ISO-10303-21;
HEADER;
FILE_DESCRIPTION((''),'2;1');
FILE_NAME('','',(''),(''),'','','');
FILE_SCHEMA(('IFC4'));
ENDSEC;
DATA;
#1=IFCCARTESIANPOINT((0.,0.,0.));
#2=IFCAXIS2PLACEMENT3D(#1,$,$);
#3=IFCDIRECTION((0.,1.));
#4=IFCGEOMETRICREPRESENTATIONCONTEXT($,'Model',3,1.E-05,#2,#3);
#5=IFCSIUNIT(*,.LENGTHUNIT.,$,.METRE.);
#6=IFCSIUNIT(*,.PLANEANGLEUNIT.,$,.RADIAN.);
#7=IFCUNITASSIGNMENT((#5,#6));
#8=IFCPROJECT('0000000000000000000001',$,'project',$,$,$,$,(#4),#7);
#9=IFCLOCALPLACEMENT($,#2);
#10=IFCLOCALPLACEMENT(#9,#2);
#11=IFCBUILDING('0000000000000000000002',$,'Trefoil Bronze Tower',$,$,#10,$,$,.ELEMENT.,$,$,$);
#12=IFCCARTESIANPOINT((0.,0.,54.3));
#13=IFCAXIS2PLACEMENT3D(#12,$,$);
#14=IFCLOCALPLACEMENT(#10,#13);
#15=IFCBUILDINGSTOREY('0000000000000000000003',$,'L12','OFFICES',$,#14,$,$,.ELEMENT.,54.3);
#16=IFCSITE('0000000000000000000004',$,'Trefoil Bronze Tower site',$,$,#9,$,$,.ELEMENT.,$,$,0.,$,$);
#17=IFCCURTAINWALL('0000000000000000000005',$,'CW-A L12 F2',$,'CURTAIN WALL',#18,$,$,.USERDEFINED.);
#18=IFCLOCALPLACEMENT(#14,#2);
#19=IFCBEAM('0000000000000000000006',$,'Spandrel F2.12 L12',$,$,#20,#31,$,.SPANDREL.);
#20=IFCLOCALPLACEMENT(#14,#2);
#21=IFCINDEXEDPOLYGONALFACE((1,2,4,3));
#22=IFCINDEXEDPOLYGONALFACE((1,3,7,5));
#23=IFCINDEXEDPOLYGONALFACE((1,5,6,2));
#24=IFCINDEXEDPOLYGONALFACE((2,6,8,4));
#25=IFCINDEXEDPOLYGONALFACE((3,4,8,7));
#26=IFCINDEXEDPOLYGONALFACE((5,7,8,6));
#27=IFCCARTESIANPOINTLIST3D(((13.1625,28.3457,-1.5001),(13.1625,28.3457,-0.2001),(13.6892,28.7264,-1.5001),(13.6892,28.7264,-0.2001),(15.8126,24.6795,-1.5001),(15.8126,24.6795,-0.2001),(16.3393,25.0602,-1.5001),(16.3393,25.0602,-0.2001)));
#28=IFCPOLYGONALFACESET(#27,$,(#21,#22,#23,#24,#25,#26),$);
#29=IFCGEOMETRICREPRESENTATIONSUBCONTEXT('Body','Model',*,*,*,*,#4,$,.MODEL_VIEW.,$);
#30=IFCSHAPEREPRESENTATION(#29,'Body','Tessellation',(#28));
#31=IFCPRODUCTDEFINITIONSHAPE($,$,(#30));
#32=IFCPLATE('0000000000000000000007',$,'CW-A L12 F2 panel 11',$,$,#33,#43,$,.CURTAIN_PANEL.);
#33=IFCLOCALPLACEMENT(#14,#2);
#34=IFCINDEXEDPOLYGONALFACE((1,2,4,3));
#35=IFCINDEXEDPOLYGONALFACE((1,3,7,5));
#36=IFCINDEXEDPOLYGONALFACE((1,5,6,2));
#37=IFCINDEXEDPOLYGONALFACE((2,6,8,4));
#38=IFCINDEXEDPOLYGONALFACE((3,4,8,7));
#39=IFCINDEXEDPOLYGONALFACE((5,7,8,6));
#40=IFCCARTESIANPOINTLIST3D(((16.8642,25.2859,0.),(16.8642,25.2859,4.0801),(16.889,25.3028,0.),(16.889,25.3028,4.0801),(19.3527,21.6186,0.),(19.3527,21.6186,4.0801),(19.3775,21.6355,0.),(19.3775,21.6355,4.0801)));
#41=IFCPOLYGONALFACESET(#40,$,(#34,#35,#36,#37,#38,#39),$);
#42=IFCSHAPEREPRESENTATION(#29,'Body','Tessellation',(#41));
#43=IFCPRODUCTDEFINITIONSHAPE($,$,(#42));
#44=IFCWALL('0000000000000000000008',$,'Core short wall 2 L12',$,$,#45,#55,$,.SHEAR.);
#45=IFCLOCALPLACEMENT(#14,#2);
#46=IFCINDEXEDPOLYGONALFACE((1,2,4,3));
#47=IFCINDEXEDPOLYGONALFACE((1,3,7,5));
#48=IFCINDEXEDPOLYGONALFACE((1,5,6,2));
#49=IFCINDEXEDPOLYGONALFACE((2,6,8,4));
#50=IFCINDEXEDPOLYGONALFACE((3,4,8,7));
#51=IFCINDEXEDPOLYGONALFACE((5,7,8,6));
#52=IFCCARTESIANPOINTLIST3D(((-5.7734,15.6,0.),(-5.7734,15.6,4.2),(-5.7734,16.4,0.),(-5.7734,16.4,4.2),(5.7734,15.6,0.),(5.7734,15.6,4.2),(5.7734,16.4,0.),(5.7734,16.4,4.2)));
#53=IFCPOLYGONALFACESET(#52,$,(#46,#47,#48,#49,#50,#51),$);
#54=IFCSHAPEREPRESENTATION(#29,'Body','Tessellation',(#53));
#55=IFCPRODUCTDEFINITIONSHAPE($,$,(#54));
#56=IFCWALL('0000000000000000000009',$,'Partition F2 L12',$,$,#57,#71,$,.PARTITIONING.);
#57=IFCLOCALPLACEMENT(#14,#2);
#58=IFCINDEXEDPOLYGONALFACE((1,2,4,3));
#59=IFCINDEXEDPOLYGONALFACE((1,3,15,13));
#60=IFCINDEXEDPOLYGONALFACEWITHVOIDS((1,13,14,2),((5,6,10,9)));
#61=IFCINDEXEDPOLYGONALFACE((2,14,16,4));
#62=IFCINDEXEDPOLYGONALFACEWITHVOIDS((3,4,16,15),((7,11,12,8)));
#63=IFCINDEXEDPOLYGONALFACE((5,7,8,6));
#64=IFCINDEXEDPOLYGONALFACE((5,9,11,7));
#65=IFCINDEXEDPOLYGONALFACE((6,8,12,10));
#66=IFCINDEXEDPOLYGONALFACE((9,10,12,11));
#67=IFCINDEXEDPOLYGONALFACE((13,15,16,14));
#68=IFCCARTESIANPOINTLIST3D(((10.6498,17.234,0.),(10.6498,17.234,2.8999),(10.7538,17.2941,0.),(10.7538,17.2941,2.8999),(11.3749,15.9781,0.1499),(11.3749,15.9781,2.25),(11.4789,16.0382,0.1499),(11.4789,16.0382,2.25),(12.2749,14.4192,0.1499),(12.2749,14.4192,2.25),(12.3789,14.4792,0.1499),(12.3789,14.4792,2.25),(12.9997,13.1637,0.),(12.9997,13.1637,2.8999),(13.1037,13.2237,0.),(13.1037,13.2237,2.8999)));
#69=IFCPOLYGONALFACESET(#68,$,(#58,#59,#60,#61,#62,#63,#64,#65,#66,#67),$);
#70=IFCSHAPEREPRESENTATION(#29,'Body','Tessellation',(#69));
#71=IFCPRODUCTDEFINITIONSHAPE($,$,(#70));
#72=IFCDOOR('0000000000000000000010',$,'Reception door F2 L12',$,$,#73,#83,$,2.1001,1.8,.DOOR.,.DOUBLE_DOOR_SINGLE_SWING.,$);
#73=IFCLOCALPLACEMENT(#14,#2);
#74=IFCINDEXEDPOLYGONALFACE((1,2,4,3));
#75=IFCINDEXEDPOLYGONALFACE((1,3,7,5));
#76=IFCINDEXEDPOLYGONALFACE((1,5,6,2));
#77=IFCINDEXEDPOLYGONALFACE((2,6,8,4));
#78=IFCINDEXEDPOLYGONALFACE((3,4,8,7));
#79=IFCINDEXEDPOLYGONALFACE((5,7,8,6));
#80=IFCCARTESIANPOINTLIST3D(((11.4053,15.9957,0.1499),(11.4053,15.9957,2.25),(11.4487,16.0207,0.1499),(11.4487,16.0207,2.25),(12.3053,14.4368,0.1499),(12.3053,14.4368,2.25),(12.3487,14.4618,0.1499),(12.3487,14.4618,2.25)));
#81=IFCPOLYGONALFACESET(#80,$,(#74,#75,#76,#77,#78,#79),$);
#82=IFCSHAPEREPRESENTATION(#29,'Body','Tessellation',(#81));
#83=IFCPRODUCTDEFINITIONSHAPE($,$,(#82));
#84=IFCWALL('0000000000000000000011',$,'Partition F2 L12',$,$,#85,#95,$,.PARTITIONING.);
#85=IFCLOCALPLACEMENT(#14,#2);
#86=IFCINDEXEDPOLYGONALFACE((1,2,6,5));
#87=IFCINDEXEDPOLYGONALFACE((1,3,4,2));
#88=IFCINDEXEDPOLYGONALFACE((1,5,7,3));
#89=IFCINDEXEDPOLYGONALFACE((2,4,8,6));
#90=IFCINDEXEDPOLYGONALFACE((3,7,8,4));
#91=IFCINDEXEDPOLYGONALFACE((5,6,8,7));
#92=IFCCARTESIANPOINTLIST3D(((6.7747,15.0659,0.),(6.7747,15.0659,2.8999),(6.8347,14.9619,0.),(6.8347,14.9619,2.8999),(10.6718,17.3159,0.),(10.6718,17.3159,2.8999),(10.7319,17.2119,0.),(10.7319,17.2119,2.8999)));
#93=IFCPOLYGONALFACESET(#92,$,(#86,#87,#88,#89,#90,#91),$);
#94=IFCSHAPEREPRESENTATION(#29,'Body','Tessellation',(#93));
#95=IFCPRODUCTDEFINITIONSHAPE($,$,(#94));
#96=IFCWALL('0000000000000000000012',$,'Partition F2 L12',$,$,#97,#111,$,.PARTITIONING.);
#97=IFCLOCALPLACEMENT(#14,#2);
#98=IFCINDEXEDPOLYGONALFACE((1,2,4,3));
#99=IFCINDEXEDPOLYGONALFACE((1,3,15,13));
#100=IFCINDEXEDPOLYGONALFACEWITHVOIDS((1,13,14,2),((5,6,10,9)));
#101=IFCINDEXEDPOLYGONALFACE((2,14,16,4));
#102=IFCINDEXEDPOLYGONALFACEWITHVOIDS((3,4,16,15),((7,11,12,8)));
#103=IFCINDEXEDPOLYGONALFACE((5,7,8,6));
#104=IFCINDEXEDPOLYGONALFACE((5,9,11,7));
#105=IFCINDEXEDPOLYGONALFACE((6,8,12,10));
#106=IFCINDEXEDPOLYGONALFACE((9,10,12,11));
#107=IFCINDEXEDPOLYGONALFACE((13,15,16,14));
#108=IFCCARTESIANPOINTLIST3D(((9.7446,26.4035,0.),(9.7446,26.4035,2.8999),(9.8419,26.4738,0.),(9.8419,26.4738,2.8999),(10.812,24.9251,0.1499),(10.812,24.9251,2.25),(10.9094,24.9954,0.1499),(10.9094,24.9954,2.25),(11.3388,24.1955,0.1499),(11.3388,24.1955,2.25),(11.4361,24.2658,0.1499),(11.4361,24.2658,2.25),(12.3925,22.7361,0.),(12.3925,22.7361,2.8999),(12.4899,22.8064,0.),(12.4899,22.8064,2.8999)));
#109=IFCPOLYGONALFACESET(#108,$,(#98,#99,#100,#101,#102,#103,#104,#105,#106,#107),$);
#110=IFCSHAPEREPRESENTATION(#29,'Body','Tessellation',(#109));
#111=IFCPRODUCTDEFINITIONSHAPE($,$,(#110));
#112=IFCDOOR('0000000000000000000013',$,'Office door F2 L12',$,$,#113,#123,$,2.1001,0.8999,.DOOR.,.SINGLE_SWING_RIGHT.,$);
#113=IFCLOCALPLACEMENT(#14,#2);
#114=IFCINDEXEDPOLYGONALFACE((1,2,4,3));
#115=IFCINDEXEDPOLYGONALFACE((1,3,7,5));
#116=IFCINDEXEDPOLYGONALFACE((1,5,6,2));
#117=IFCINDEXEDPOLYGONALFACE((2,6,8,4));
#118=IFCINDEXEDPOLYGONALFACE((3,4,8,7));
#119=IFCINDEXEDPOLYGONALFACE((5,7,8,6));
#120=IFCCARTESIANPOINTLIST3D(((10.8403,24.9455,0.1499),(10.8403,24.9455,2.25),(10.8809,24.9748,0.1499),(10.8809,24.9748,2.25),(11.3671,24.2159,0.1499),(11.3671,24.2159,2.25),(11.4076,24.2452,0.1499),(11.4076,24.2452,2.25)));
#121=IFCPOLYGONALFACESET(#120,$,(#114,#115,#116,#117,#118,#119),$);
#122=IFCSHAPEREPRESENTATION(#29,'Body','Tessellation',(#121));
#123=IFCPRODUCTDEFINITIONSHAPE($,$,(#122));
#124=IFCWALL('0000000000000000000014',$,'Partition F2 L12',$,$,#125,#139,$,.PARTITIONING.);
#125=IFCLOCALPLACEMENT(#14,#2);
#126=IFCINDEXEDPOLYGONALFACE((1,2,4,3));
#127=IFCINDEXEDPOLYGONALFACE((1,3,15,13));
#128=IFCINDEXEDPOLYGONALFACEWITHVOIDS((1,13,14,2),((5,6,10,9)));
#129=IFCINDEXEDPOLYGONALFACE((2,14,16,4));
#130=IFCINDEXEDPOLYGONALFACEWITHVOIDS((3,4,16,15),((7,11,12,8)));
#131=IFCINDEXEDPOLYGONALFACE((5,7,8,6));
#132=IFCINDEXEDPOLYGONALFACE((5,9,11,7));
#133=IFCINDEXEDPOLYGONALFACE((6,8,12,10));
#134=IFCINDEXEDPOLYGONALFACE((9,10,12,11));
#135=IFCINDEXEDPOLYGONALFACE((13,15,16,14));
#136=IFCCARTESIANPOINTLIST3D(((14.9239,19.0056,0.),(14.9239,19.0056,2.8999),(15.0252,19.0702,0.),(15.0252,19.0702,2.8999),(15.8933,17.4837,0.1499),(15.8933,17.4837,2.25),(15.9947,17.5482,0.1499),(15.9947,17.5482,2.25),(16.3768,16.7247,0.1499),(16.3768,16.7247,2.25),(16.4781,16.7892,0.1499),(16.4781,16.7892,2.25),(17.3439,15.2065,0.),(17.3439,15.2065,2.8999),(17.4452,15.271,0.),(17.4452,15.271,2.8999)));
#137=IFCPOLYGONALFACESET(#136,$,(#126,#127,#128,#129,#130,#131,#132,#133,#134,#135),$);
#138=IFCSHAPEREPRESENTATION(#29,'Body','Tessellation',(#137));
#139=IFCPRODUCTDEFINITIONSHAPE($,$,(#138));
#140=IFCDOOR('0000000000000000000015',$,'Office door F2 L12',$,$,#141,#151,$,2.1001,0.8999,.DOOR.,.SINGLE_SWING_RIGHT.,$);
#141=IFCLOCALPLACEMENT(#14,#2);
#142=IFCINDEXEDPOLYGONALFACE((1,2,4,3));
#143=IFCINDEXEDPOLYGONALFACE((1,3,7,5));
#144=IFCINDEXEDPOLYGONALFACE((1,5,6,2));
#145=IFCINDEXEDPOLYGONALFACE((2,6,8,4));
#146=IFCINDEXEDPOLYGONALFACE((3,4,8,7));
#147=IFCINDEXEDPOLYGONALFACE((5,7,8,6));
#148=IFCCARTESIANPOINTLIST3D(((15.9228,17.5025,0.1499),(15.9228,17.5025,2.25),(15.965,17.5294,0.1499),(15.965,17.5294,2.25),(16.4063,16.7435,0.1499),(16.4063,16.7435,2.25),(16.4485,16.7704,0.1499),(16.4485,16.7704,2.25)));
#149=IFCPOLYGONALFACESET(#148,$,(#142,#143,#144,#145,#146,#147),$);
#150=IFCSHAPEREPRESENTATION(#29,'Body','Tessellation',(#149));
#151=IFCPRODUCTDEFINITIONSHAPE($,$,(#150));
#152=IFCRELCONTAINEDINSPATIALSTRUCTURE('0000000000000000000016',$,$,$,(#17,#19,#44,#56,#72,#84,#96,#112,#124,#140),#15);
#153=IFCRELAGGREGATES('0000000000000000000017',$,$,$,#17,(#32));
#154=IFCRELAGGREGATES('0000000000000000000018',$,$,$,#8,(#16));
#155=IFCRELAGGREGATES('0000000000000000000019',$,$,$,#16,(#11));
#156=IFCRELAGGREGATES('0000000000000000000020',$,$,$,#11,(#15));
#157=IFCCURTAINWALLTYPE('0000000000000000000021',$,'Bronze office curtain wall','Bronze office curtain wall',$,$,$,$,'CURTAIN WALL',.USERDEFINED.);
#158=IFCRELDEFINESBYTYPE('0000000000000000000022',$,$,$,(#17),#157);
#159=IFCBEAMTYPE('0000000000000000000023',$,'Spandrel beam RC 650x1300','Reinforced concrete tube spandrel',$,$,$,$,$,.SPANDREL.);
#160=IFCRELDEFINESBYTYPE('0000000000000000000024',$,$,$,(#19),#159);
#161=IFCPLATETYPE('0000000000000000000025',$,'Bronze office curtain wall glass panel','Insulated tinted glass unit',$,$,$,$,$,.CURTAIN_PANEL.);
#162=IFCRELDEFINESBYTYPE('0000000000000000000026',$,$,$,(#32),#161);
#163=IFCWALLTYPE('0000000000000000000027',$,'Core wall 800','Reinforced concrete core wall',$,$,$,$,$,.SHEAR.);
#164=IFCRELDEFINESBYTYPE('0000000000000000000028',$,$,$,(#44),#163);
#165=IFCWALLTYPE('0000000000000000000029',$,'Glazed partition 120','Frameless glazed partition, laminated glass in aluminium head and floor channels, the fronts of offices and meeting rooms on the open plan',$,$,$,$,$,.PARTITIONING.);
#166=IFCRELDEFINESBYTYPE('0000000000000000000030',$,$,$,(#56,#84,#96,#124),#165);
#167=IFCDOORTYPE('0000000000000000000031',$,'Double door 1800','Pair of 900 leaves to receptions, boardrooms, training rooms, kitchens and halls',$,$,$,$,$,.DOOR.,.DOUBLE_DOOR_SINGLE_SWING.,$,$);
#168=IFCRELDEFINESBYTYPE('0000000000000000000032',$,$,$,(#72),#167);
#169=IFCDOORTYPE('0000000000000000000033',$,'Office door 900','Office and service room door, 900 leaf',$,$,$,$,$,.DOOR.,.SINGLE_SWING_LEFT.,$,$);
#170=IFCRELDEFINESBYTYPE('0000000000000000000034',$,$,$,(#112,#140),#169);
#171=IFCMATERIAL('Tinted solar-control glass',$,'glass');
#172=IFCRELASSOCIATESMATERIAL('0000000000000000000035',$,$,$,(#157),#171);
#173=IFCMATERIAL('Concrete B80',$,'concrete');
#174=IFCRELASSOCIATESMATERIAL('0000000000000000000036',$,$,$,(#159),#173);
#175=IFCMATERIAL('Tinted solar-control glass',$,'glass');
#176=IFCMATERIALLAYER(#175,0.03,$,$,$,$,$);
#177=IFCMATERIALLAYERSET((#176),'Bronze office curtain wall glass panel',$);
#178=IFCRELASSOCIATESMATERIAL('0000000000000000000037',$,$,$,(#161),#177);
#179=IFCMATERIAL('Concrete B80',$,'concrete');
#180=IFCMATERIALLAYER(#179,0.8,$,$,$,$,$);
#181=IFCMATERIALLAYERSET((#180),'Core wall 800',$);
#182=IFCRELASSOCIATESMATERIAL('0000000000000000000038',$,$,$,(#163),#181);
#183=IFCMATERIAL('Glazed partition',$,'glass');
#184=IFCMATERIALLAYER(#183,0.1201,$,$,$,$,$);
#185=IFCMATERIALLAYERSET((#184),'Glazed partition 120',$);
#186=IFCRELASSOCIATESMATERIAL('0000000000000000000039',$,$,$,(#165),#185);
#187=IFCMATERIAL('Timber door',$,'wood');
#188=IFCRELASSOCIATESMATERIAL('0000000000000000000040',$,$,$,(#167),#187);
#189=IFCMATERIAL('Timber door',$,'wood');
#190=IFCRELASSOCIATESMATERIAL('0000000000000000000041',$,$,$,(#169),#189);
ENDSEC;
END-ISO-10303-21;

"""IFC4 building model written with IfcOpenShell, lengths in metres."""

from ifc_helpers import new_model, si_unit, direction, frame, frame_2d, origin, origin_2d, place, context, subcontext, project, spatial, rectangle, extrude, material, layer, layer_set, material_profile, profile_set, type_object, element, fill, aggregate, save


model = new_model("IFC4")

# Units and contexts
model_context = context("Model", 3, precision=1e-05, world=origin(), true_north=direction((0.0, 1.0)))
body_context = subcontext(model_context, "Body", "Model", "MODEL_VIEW")
ifc_project = project(units=[si_unit("LENGTHUNIT", "METRE"), si_unit("PLANEANGLEUNIT", "RADIAN")], contexts=[model_context])

# Site, building, storey
site_placement = place(None, origin())
site = spatial("IfcSite", under=ifc_project, at=site_placement, Name="Trefoil Bronze Tower site", CompositionType="ELEMENT", RefElevation=0.0)
building_placement = place(site_placement, origin())
building = spatial("IfcBuilding", under=site, at=building_placement, Name="Trefoil Bronze Tower", CompositionType="ELEMENT")
storey_placement = place(building_placement, frame((0.0, 0.0, 54.3)))
storey = spatial("IfcBuildingStorey", under=building, at=storey_placement, Name="L12", Description="OFFICES", CompositionType="ELEMENT", Elevation=54.3)

# Curtain wall
ifc_material_1 = material(Name="Tinted solar-control glass", Category="glass")
curtain_wall_type = type_object("IfcCurtainWallType", Name="Bronze office curtain wall", Description="Bronze office curtain wall", ElementType="CURTAIN WALL", PredefinedType="USERDEFINED", material=ifc_material_1)
curtain_wall_placement = place(storey_placement, origin())
curtain_wall = element("IfcCurtainWall", 1, at=curtain_wall_placement, inside=storey, type_object=curtain_wall_type, Name="CW-A L12 F2", ObjectType="CURTAIN WALL", PredefinedType="USERDEFINED")

# Beam
ifc_material_2 = material(Name="Concrete B80", Category="concrete")
ifc_material_profile_1 = material_profile(ifc_material_2, rectangle(XDim=0.6499, YDim=1.3, at=origin_2d()), Name="RC 650x1300")
ifc_profile_set_1 = profile_set([ifc_material_profile_1], Name="Concrete B80")
beam_type_1 = type_object("IfcBeamType", Name="Spandrel beam RC 650x1300", Description="Reinforced concrete tube spandrel", PredefinedType="SPANDREL", material=ifc_profile_set_1)
beam_1_placement = place(storey_placement, frame((16.0759, 24.8699, -0.8501), z_axis=(-0.585824, 0.810439, 0.0), x_axis=(-0.810439, -0.585824, 0.0)))
element("IfcBeam", 2, at=beam_1_placement, inside=storey, type_object=beam_type_1, Name="Spandrel F2.12 L12", PredefinedType="SPANDREL", context=body_context, shape_type="SweptSolid", body=[
    extrude(rectangle(XDim=0.6499, YDim=1.3, at=origin_2d()), origin(), (0.0, 0.0, 1.0), 4.5237),
])

# Plate
ifc_material_3 = material(Name="Tinted solar-control glass", Category="glass")
ifc_layer_1 = layer(ifc_material_3, 0.03)
ifc_layer_set_1 = layer_set([ifc_layer_1], Name="Bronze office curtain wall glass panel")
plate_type = type_object("IfcPlateType", Name="Bronze office curtain wall glass panel", Description="Insulated tinted glass unit", PredefinedType="CURTAIN_PANEL", material=ifc_layer_set_1)
plate_placement = place(storey_placement, frame((18.1208, 23.4607, 0.0), z_axis=(0.0, 0.0, 1.0), x_axis=(-0.56151, 0.82747, 0.0)))
plate = element("IfcPlate", 3, at=plate_placement, type_object=plate_type, Name="CW-A L12 F2 panel 11", PredefinedType="CURTAIN_PANEL", context=body_context, shape_type="SweptSolid", body=[
    extrude(rectangle(XDim=4.4319, YDim=0.03, at=origin_2d()), origin(), (0.0, 0.0, 1.0), 4.0801),
])
aggregate(curtain_wall, [plate])

# Wall
ifc_material_4 = material(Name="Concrete B80", Category="concrete")
ifc_layer_2 = layer(ifc_material_4, 0.8)
ifc_layer_set_2 = layer_set([ifc_layer_2], Name="Core wall 800")
wall_type_1 = type_object("IfcWallType", Name="Core wall 800", Description="Reinforced concrete core wall", PredefinedType="SHEAR", material=ifc_layer_set_2)
wall_1_placement = place(storey_placement, frame((5.7734, 16.0, 0.0), z_axis=(0.0, 0.0, 1.0), x_axis=(-1.0, 0.0, 0.0)))
element("IfcWall", 4, at=wall_1_placement, inside=storey, type_object=wall_type_1, Name="Core short wall 2 L12", PredefinedType="SHEAR", context=body_context, shape_type="SweptSolid", body=[
    extrude(rectangle(XDim=11.5469, YDim=0.8, at=frame_2d((5.7734, 0.0))), origin(), (0.0, 0.0, 1.0), 4.2),
])

# Wall, opening, door
ifc_material_5 = material(Name="Glazed partition", Category="glass")
ifc_layer_3 = layer(ifc_material_5, 0.1201)
ifc_layer_set_3 = layer_set([ifc_layer_3], Name="Glazed partition 120")
wall_type_2 = type_object("IfcWallType", Name="Glazed partition 120", Description="Frameless glazed partition, laminated glass in aluminium head and floor channels, the fronts of offices and meeting rooms on the open plan", PredefinedType="PARTITIONING", material=ifc_layer_set_3)
wall_2_placement = place(storey_placement, frame((13.0518, 13.1936, 0.0), z_axis=(0.0, 0.0, 1.0), x_axis=(-0.499977, 0.866039, 0.0)))
wall_2 = element("IfcWall", 5, at=wall_2_placement, inside=storey, type_object=wall_type_2, Name="Partition F2 L12", PredefinedType="PARTITIONING", context=body_context, shape_type="SweptSolid", body=[
    extrude(rectangle(XDim=4.7, YDim=0.1201, at=frame_2d((2.3501, 0.0))), origin(), (0.0, 0.0, 1.0), 2.8999),
])
opening_1_placement = place(wall_2_placement, frame((1.45, 0.0, 0.1499)))
opening_1 = element("IfcOpeningElement", 6, at=opening_1_placement, cuts=wall_2, PredefinedType="OPENING", context=body_context, shape_type="SweptSolid", body=[
    extrude(rectangle(XDim=1.8, YDim=2.1001, at=frame_2d((0.8999, 1.05))), frame((0.0, 0.0701, 0.0), z_axis=(0.0, -1.0, 0.0), x_axis=(1.0, 0.0, 0.0)), (0.0, 0.0, 1.0), 0.1401),
])
ifc_material_6 = material(Name="Timber door", Category="wood")
door_type_1 = type_object("IfcDoorType", Name="Double door 1800", Description="Pair of 900 leaves to receptions, boardrooms, training rooms, kitchens and halls", OperationType="DOUBLE_DOOR_SINGLE_SWING", PredefinedType="DOOR", material=ifc_material_6)
door_1_placement = place(opening_1_placement, origin())
door_1 = element("IfcDoor", 7, at=door_1_placement, inside=storey, type_object=door_type_1, Name="Reception door F2 L12", OperationType="DOUBLE_DOOR_SINGLE_SWING", OverallHeight=2.1001, OverallWidth=1.8, PredefinedType="DOOR", context=body_context, shape_type="SweptSolid", body=[
    extrude(rectangle(XDim=1.8, YDim=2.1001, at=frame_2d((0.8999, 1.05))), frame((0.0, 0.0249, 0.0), z_axis=(0.0, -1.0, 0.0), x_axis=(1.0, 0.0, 0.0)), (0.0, 0.0, 1.0), 0.05),
])
fill(opening_1, door_1)

# Wall
wall_3_placement = place(storey_placement, frame((6.8047, 15.0139, 0.0), z_axis=(0.0, 0.0, 1.0), x_axis=(0.866031, 0.49999, 0.0)))
element("IfcWall", 8, at=wall_3_placement, inside=storey, type_object=wall_type_2, Name="Partition F2 L12", PredefinedType="PARTITIONING", context=body_context, shape_type="SweptSolid", body=[
    extrude(rectangle(XDim=4.5, YDim=0.1201, at=frame_2d((2.25, 0.0))), origin(), (0.0, 0.0, 1.0), 2.8999),
])

# Walls, openings, doors
wall_4_placement = place(storey_placement, frame((12.4412, 22.7712, 0.0), z_axis=(0.0, 0.0, 1.0), x_axis=(-0.585376, 0.810762, 0.0)))
wall_4 = element("IfcWall", 9, at=wall_4_placement, inside=storey, type_object=wall_type_2, Name="Partition F2 L12", PredefinedType="PARTITIONING", context=body_context, shape_type="SweptSolid", body=[
    extrude(rectangle(XDim=4.5234, YDim=0.1201, at=frame_2d((2.2617, 0.0))), origin(), (0.0, 0.0, 1.0), 2.8999),
])
opening_2_placement = place(wall_4_placement, frame((1.8, 0.0, 0.1499)))
opening_2 = element("IfcOpeningElement", 10, at=opening_2_placement, cuts=wall_4, PredefinedType="OPENING", context=body_context, shape_type="SweptSolid", body=[
    extrude(rectangle(XDim=0.8999, YDim=2.1001, at=frame_2d((0.45, 1.05))), frame((0.0, 0.0701, 0.0), z_axis=(0.0, -1.0, 0.0), x_axis=(1.0, 0.0, 0.0)), (0.0, 0.0, 1.0), 0.1401),
])
ifc_material_7 = material(Name="Timber door", Category="wood")
door_type_2 = type_object("IfcDoorType", Name="Office door 900", Description="Office and service room door, 900 leaf", OperationType="SINGLE_SWING_LEFT", PredefinedType="DOOR", material=ifc_material_7)
door_2_placement = place(opening_2_placement, frame((0.8999, 0.0, 0.0), z_axis=(0.0, 0.0, 1.0), x_axis=(-1.0, 0.0, 0.0)))
door_2 = element("IfcDoor", 11, at=door_2_placement, inside=storey, type_object=door_type_2, Name="Office door F2 L12", OperationType="SINGLE_SWING_RIGHT", OverallHeight=2.1001, OverallWidth=0.8999, PredefinedType="DOOR", context=body_context, shape_type="SweptSolid", body=[
    extrude(rectangle(XDim=0.8999, YDim=2.1001, at=frame_2d((0.45, 1.05))), frame((0.0, 0.0249, 0.0), z_axis=(0.0, -1.0, 0.0), x_axis=(1.0, 0.0, 0.0)), (0.0, 0.0, 1.0), 0.05),
])
fill(opening_2, door_2)
wall_5_placement = place(storey_placement, frame((17.3945, 15.2388, 0.0), z_axis=(0.0, 0.0, 1.0), x_axis=(-0.537244, 0.843427, 0.0)))
wall_5 = element("IfcWall", 12, at=wall_5_placement, inside=storey, type_object=wall_type_2, Name="Partition F2 L12", PredefinedType="PARTITIONING", context=body_context, shape_type="SweptSolid", body=[
    extrude(rectangle(XDim=4.5044, YDim=0.1201, at=frame_2d((2.2522, 0.0))), origin(), (0.0, 0.0, 1.0), 2.8999),
])
opening_3_placement = place(wall_5_placement, frame((1.8, 0.0, 0.1499)))
opening_3 = element("IfcOpeningElement", 13, at=opening_3_placement, cuts=wall_5, PredefinedType="OPENING", context=body_context, shape_type="SweptSolid", body=[
    extrude(rectangle(XDim=0.8999, YDim=2.1001, at=frame_2d((0.45, 1.05))), frame((0.0, 0.0701, 0.0), z_axis=(0.0, -1.0, 0.0), x_axis=(1.0, 0.0, 0.0)), (0.0, 0.0, 1.0), 0.1401),
])
door_3_placement = place(opening_3_placement, frame((0.8999, 0.0, 0.0), z_axis=(0.0, 0.0, 1.0), x_axis=(-1.0, 0.0, 0.0)))
door_3 = element("IfcDoor", 14, at=door_3_placement, inside=storey, type_object=door_type_2, Name="Office door F2 L12", OperationType="SINGLE_SWING_RIGHT", OverallHeight=2.1001, OverallWidth=0.8999, PredefinedType="DOOR", context=body_context, shape_type="SweptSolid", body=[
    extrude(rectangle(XDim=0.8999, YDim=2.1001, at=frame_2d((0.45, 1.05))), frame((0.0, 0.0249, 0.0), z_axis=(0.0, -1.0, 0.0), x_axis=(1.0, 0.0, 0.0)), (0.0, 0.0, 1.0), 0.05),
])
fill(opening_3, door_3)

save(model, "model.ifc")
